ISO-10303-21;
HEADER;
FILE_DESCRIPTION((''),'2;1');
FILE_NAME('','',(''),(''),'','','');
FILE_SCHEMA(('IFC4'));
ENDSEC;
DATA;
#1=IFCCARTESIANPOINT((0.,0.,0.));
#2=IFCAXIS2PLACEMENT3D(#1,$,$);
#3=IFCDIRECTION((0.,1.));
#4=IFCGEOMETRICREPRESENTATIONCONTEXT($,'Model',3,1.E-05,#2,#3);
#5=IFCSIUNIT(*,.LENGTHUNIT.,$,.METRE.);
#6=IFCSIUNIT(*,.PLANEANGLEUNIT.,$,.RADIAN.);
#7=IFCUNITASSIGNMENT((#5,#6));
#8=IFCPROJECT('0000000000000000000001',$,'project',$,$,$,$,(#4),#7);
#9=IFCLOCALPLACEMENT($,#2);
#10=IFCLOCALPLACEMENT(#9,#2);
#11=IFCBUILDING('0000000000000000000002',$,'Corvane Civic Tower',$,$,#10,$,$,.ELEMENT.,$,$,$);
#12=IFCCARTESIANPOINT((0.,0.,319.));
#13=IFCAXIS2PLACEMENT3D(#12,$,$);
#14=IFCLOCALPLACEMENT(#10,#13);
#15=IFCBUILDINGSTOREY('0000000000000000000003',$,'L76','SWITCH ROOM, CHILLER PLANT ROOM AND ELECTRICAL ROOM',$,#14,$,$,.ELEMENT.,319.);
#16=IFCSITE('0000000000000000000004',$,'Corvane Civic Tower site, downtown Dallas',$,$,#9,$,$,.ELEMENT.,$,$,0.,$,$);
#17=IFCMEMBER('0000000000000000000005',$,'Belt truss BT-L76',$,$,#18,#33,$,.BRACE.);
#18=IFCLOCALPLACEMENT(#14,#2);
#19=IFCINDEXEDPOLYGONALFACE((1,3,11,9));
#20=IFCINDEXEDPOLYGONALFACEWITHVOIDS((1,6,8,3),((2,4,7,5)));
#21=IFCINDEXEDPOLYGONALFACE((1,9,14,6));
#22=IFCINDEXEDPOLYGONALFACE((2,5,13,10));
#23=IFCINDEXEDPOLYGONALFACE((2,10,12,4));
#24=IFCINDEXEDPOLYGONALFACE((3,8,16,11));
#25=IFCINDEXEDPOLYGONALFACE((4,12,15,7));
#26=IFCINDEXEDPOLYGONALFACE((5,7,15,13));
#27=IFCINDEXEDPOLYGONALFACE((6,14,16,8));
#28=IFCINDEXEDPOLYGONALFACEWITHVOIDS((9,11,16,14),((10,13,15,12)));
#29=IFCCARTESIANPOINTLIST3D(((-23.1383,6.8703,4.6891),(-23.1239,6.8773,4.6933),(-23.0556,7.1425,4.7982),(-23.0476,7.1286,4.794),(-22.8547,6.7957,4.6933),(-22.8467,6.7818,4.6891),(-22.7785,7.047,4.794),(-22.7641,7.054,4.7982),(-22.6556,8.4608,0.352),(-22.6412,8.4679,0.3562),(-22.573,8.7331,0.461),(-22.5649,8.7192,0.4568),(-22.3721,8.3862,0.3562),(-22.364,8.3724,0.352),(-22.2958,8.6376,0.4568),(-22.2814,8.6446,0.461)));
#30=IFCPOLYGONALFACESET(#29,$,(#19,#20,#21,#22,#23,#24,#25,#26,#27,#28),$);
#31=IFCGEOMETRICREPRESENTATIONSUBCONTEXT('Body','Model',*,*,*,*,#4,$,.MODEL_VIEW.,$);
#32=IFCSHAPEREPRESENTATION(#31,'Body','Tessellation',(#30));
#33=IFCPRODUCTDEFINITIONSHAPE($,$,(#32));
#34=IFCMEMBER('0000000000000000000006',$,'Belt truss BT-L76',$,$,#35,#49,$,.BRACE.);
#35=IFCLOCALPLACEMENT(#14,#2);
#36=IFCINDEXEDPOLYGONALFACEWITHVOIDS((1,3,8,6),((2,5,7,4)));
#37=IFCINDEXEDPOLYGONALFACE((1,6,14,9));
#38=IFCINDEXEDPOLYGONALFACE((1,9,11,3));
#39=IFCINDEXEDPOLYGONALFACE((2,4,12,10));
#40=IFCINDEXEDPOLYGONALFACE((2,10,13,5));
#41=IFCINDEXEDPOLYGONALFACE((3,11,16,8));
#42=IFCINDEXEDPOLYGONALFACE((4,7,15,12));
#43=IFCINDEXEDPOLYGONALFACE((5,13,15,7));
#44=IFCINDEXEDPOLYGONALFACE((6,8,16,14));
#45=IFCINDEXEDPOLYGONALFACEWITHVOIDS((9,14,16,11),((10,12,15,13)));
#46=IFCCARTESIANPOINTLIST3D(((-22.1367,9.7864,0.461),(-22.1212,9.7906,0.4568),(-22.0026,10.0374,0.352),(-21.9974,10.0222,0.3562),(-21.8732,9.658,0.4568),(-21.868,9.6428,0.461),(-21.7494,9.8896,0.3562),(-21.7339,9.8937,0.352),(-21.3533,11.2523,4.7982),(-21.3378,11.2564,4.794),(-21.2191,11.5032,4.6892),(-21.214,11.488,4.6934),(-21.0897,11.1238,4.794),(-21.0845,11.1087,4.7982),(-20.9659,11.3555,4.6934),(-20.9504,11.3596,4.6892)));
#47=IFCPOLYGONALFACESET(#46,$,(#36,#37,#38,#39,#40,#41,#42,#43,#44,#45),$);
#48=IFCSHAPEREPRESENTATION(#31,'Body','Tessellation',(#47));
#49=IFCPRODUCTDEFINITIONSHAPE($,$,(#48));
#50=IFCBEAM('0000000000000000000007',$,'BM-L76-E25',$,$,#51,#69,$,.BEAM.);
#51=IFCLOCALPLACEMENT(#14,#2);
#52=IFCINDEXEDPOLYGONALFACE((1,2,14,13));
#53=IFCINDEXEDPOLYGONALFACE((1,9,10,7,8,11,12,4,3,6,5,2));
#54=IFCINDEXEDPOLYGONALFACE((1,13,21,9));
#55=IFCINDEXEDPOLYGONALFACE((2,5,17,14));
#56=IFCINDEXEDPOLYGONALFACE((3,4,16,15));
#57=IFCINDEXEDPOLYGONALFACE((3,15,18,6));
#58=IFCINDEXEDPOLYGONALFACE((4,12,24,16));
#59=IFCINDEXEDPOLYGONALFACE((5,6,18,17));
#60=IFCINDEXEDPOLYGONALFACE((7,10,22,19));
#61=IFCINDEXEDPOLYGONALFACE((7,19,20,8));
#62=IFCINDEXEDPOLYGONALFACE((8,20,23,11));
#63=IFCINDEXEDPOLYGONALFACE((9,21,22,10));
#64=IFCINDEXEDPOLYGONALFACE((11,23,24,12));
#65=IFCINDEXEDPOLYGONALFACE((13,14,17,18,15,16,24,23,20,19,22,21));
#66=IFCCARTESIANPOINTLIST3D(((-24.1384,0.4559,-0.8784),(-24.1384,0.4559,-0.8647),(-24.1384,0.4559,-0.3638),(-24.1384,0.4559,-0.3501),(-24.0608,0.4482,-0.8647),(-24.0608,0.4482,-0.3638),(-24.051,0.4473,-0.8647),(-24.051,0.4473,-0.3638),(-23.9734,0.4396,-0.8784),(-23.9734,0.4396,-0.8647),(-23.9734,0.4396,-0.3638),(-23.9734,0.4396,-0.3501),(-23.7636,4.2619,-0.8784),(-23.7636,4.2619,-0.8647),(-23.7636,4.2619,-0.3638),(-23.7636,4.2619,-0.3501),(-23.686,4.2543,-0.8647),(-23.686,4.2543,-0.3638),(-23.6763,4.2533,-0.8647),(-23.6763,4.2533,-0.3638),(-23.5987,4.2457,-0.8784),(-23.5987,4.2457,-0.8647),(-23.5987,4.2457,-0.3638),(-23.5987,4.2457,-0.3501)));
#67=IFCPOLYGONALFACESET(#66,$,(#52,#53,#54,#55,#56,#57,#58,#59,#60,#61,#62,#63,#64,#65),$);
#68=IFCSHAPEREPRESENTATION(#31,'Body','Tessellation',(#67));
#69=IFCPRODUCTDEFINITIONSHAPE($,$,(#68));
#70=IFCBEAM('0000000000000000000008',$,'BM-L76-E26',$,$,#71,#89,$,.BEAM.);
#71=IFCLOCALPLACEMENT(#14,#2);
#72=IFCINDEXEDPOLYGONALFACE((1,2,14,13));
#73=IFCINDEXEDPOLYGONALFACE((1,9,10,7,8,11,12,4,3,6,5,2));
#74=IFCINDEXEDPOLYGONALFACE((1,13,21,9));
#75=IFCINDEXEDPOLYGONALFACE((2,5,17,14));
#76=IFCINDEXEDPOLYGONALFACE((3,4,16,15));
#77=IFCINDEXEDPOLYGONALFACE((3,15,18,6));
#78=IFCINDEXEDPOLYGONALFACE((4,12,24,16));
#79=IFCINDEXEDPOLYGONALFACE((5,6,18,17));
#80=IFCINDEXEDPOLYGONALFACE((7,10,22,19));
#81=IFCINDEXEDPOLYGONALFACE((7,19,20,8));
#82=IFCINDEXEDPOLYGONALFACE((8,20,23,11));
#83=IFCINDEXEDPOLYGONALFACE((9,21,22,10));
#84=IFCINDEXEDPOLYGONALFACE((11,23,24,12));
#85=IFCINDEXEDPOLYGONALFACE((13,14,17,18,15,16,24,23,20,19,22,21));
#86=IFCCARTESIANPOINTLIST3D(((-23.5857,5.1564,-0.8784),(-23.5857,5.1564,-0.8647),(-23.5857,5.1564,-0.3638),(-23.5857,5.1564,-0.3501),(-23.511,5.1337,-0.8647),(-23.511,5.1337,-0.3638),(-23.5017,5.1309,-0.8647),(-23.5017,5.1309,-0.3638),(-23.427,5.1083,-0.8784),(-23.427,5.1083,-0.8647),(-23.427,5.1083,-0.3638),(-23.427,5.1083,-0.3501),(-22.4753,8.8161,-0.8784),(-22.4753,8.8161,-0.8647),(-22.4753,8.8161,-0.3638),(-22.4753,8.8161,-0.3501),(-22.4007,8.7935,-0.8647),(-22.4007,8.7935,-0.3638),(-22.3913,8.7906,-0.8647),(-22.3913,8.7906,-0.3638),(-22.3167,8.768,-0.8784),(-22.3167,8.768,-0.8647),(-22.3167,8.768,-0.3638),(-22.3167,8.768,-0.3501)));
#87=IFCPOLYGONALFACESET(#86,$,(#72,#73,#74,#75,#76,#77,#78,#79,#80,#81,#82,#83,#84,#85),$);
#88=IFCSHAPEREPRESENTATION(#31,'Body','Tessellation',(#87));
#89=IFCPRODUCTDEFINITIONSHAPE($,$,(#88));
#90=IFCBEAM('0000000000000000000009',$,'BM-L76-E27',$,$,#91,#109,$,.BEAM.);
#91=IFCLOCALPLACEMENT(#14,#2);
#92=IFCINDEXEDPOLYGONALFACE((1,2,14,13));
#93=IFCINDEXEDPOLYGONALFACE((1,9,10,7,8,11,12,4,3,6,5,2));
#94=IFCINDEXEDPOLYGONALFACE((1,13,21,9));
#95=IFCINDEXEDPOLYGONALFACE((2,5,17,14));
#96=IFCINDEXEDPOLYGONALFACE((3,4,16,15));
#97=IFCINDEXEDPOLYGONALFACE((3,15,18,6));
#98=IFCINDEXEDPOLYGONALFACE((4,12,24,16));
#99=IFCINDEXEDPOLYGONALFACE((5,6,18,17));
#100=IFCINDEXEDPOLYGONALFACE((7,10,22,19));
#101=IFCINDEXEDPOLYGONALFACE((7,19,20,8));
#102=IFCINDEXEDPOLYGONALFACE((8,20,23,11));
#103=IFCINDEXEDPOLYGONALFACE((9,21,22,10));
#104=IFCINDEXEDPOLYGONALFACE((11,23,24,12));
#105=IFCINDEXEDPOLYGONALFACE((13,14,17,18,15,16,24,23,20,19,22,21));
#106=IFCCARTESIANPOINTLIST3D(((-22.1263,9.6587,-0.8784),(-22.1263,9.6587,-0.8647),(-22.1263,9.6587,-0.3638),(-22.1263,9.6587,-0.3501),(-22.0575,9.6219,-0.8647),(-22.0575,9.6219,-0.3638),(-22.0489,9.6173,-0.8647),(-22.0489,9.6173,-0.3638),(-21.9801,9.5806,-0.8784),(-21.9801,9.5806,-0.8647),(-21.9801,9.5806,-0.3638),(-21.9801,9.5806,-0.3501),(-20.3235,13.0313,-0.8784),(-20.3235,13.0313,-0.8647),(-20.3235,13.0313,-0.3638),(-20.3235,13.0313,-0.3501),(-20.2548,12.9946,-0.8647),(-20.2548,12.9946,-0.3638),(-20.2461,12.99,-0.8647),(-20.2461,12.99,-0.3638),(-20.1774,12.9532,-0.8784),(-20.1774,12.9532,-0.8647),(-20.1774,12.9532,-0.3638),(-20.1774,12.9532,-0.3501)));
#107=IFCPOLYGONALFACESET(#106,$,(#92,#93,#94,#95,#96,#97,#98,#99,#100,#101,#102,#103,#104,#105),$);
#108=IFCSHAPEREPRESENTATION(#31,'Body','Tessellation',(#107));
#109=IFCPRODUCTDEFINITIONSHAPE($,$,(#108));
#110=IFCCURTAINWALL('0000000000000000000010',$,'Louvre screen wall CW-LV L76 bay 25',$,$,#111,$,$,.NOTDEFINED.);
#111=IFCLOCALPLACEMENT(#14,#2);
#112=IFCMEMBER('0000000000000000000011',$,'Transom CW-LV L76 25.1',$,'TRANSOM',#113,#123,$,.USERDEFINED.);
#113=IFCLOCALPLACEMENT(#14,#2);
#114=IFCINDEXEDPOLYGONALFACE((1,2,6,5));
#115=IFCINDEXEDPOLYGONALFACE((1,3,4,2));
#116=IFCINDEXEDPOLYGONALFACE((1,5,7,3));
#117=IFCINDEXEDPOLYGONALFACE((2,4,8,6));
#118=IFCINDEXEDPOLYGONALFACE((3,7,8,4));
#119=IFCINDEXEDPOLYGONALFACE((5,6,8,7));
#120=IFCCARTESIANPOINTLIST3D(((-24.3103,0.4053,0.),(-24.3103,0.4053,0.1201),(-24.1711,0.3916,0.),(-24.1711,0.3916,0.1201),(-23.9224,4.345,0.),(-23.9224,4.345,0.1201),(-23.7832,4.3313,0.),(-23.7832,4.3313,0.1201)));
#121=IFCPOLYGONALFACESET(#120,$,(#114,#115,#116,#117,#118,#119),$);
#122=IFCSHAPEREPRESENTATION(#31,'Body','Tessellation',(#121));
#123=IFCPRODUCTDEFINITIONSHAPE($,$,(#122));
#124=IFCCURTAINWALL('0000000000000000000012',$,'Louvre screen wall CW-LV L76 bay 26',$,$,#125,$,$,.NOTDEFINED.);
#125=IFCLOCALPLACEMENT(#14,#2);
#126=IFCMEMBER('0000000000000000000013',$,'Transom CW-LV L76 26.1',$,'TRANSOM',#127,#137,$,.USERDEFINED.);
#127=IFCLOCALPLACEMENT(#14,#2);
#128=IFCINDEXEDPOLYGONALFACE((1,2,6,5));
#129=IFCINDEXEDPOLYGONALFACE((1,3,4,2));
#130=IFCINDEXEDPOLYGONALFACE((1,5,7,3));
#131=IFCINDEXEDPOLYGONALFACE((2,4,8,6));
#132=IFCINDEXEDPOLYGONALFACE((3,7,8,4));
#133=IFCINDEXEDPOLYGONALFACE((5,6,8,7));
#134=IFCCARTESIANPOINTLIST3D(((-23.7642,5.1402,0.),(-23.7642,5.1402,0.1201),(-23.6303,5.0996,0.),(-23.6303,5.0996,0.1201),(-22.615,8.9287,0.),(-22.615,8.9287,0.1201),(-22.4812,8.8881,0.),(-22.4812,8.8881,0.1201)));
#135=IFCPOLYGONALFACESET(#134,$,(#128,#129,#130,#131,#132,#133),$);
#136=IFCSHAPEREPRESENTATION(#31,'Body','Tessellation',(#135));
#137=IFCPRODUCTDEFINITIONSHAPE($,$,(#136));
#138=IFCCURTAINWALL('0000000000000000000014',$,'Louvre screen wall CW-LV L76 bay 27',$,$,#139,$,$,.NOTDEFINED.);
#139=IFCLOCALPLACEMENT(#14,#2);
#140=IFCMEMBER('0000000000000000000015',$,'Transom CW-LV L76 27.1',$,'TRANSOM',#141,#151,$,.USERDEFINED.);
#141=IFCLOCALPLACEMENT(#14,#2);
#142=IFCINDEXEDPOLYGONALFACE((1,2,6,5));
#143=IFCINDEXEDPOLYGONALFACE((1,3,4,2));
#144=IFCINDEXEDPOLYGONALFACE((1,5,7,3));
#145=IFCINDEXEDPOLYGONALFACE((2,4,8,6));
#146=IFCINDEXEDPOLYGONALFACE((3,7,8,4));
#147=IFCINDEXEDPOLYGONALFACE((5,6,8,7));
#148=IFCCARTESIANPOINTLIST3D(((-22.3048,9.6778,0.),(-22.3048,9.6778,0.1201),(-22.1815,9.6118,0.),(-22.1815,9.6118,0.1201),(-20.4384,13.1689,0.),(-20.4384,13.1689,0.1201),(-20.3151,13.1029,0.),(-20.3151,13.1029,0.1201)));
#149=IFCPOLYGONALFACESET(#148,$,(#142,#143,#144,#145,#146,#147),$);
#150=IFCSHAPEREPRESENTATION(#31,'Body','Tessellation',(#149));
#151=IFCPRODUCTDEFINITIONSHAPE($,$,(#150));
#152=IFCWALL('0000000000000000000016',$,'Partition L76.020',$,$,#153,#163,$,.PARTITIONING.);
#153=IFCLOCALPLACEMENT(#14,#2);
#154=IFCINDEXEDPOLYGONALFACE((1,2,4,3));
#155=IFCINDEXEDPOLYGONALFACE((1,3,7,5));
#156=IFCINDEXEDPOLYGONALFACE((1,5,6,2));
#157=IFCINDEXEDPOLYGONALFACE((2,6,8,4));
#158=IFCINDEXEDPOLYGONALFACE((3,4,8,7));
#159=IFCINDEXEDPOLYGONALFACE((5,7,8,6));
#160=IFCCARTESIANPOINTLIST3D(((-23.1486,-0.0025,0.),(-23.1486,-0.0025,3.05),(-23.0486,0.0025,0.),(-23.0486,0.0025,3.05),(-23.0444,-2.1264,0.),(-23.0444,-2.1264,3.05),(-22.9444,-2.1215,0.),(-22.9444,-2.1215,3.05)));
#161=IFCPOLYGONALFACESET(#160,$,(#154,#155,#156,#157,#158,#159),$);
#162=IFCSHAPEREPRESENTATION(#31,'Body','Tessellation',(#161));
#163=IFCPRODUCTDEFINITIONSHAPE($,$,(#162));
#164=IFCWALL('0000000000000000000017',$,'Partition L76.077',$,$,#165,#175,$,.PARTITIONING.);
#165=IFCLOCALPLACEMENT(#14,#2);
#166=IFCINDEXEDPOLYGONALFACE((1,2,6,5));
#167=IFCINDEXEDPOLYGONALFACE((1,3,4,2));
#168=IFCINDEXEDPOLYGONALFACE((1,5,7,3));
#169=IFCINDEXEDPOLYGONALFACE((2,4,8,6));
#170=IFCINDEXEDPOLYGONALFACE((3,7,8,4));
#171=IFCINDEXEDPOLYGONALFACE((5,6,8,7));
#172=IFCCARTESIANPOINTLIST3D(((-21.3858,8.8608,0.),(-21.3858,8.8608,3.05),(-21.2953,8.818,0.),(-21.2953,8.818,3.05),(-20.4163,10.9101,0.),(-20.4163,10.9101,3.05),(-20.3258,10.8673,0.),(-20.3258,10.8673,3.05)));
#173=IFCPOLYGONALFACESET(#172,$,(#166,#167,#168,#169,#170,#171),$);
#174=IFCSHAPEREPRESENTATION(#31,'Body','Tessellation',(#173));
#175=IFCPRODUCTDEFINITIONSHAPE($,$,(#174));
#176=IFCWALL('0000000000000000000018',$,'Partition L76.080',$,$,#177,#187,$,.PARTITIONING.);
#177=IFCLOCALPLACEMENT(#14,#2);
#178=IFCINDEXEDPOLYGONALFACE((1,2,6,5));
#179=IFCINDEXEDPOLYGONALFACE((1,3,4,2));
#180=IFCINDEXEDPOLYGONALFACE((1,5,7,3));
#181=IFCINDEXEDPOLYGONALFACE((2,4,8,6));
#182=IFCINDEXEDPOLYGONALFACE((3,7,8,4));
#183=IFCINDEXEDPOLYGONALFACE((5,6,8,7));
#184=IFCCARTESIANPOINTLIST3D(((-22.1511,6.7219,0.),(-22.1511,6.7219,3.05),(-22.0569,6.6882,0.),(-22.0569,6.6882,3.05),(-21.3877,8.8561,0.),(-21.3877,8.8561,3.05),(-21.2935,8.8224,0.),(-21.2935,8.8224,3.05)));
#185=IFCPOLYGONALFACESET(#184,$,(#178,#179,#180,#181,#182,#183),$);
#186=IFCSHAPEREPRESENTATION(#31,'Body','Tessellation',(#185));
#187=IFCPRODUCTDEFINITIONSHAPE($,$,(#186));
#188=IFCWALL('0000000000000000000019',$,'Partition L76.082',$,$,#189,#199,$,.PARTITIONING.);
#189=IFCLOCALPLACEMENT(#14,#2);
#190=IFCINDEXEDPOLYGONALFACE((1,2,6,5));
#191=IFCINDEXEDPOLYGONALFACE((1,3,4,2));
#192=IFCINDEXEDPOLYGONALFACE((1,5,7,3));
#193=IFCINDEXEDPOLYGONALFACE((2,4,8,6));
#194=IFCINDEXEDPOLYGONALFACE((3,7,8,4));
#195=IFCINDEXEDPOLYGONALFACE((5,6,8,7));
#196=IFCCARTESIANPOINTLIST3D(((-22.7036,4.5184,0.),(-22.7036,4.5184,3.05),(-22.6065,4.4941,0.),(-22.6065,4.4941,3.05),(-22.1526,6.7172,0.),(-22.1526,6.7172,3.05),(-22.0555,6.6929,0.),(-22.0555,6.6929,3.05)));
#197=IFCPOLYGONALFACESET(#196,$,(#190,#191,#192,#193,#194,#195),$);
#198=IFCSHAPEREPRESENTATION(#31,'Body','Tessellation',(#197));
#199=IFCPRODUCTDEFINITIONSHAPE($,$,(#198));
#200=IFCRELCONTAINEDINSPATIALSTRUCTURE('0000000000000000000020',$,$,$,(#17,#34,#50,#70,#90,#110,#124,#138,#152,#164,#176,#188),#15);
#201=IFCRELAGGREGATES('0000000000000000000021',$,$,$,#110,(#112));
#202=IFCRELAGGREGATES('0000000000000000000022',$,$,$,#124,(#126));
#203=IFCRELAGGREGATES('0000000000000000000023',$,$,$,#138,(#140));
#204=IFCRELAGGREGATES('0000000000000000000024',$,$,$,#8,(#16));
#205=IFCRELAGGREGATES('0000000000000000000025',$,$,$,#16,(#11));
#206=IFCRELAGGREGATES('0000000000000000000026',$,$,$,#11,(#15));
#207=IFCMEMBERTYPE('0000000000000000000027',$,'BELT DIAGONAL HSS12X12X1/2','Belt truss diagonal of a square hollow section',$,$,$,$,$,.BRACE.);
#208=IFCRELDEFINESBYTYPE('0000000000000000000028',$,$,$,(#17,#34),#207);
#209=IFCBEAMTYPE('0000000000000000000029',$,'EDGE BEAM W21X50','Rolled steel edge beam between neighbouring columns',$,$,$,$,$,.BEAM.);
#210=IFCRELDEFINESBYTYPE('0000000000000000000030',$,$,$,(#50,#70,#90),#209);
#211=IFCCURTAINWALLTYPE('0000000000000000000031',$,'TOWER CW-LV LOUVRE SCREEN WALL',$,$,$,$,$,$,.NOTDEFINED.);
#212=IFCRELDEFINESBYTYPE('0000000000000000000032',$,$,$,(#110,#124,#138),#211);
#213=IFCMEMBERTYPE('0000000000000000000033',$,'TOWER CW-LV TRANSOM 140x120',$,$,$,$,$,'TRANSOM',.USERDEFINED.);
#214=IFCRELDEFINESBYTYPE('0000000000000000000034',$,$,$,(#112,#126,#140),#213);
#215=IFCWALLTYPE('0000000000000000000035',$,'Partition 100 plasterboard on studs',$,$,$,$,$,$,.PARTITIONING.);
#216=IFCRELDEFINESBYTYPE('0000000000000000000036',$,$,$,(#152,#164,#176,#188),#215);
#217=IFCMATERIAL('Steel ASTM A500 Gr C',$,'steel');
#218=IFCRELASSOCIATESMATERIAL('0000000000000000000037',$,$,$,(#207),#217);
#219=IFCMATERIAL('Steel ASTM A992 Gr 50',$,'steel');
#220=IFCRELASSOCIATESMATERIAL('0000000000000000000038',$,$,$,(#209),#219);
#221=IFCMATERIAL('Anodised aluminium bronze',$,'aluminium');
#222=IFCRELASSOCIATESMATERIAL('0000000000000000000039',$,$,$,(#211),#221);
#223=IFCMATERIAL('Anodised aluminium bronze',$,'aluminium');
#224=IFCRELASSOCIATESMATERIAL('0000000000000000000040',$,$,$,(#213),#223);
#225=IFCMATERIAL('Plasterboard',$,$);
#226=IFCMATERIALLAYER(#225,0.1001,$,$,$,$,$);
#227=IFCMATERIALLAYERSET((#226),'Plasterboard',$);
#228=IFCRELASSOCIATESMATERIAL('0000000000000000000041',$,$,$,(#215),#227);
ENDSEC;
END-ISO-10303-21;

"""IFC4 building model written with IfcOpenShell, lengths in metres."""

from ifc_helpers import new_model, si_unit, direction, frame, frame_2d, origin, origin_2d, place, context, subcontext, project, spatial, rectangle, hollow_rectangle, i_section, extrude, material, layer, layer_set, material_profile, profile_set, type_object, element, aggregate, save


model = new_model("IFC4")

# Units and contexts
model_context = context("Model", 3, precision=1e-05, world=origin(), true_north=direction((0.0, 1.0)))
body_context = subcontext(model_context, "Body", "Model", "MODEL_VIEW")
ifc_project = project(units=[si_unit("LENGTHUNIT", "METRE"), si_unit("PLANEANGLEUNIT", "RADIAN")], contexts=[model_context])

# Site, building, storey
site_placement = place(None, origin())
site = spatial("IfcSite", under=ifc_project, at=site_placement, Name="Corvane Civic Tower site, downtown Dallas", CompositionType="ELEMENT", RefElevation=0.0)
building_placement = place(site_placement, origin())
building = spatial("IfcBuilding", under=site, at=building_placement, Name="Corvane Civic Tower", CompositionType="ELEMENT")
storey_placement = place(building_placement, frame((0.0, 0.0, 319.0)))
storey = spatial("IfcBuildingStorey", under=building, at=storey_placement, Name="L76", Description="SWITCH ROOM, CHILLER PLANT ROOM AND ELECTRICAL ROOM", CompositionType="ELEMENT", Elevation=319.0)

# Members
ifc_material_1 = material(Name="Steel ASTM A500 Gr C", Category="steel")
ifc_material_profile_1 = material_profile(ifc_material_1, hollow_rectangle(XDim=0.3047, YDim=0.3047, WallThickness=0.0117, at=origin_2d()), Name="HSS12X12X1/2")
ifc_profile_set_1 = profile_set([ifc_material_profile_1], Name="Steel ASTM A500 Gr C")
member_type_1 = type_object("IfcMemberType", Name="BELT DIAGONAL HSS12X12X1/2", Description="Belt truss diagonal of a square hollow section", PredefinedType="BRACE", material=ifc_profile_set_1)
for number, where, z_axis, x_axis, name in (
    (1, (-22.4685, 8.5527, 0.4065), (-0.103916, -0.342445, 0.933773), (0.956912, -0.290378, 0.0), "Belt truss BT-L76"),
    (2, (-21.9353, 9.8401, 0.4065), (0.168675, 0.315589, 0.933784), (-0.881934, 0.471373, 0.0), "Belt truss BT-L76"),
):
    element("IfcMember", number, at=place(storey_placement, frame(where, z_axis=z_axis, x_axis=x_axis)), inside=storey, type_object=member_type_1, Name=name, PredefinedType="BRACE", context=body_context, shape_type="SweptSolid", body=[
        extrude(hollow_rectangle(XDim=0.3047, YDim=0.3047, WallThickness=0.0117, at=origin_2d()), origin(), (0.0, 0.0, 1.0), 4.6448),
    ])

# Beams
ifc_material_2 = material(Name="Steel ASTM A992 Gr 50", Category="steel")
ifc_material_profile_2 = material_profile(ifc_material_2, i_section(OverallWidth=0.1658, OverallDepth=0.5283, WebThickness=0.0098, FlangeThickness=0.0137, at=origin_2d()), Name="W21X50")
ifc_profile_set_2 = profile_set([ifc_material_profile_2], Name="Steel ASTM A992 Gr 50")
beam_type = type_object("IfcBeamType", Name="EDGE BEAM W21X50", Description="Rolled steel edge beam between neighbouring columns", PredefinedType="BEAM", material=ifc_profile_set_2)
for number, where, z_axis, x_axis, name in (
    (3, (-24.0559, 0.4478, -0.6143), (0.097987, 0.995188, 0.0), (-0.995188, 0.097987, 0.0), "BM-L76-E25"),
    (4, (-23.5063, 5.1323, -0.6143), (0.290333, 0.956926, 0.0), (-0.956926, 0.290333, 0.0), "BM-L76-E26"),
):
    element("IfcBeam", number, at=place(storey_placement, frame(where, z_axis=z_axis, x_axis=x_axis)), inside=storey, type_object=beam_type, Name=name, PredefinedType="BEAM", context=body_context, shape_type="SweptSolid", body=[
        extrude(i_section(OverallWidth=0.1658, OverallDepth=0.5283, WebThickness=0.0098, FlangeThickness=0.0137, at=origin_2d()), origin(), (0.0, 0.0, 1.0), 3.8245),
    ])
beam_placement = place(storey_placement, frame((-22.0532, 9.6196, -0.6143), z_axis=(0.47141, 0.881914, 0.0), x_axis=(-0.881914, 0.47141, 0.0)))
element("IfcBeam", 5, at=beam_placement, inside=storey, type_object=beam_type, Name="BM-L76-E27", PredefinedType="BEAM", context=body_context, shape_type="SweptSolid", body=[
    extrude(i_section(OverallWidth=0.1658, OverallDepth=0.5283, WebThickness=0.0098, FlangeThickness=0.0137, at=origin_2d()), origin(), (0.0, 0.0, 1.0), 3.8242),
])

# Curtain walls, members
ifc_material_3 = material(Name="Anodised aluminium bronze", Category="aluminium")
curtain_wall_type = type_object("IfcCurtainWallType", Name="TOWER CW-LV LOUVRE SCREEN WALL", PredefinedType="NOTDEFINED", material=ifc_material_3)
curtain_wall_1_placement = place(storey_placement, origin())
curtain_wall_1 = element("IfcCurtainWall", 6, at=curtain_wall_1_placement, inside=storey, type_object=curtain_wall_type, Name="Louvre screen wall CW-LV L76 bay 25", PredefinedType="NOTDEFINED")
ifc_material_4 = material(Name="Anodised aluminium bronze", Category="aluminium")
ifc_material_profile_3 = material_profile(ifc_material_4, rectangle(XDim=0.1399, YDim=0.1201, at=origin_2d()), Name="TOWER CW-LV TRANSOM 140x120")
ifc_profile_set_3 = profile_set([ifc_material_profile_3], Name="Anodised aluminium bronze")
member_type_2 = type_object("IfcMemberType", Name="TOWER CW-LV TRANSOM 140x120", ElementType="TRANSOM", PredefinedType="USERDEFINED", material=ifc_profile_set_3)
member_1_placement = place(storey_placement, frame((-24.2407, 0.3984, 0.0601), z_axis=(0.097995, 0.995187, 0.0), x_axis=(-0.995187, 0.097995, 0.0)))
member_1 = element("IfcMember", 7, at=member_1_placement, type_object=member_type_2, Name="Transom CW-LV L76 25.1", ObjectType="TRANSOM", PredefinedType="USERDEFINED", context=body_context, shape_type="SweptSolid", body=[
    extrude(rectangle(XDim=0.1399, YDim=0.1201, at=origin_2d()), origin(), (0.0, 0.0, 1.0), 3.9587),
])
curtain_wall_2_placement = place(storey_placement, origin())
curtain_wall_2 = element("IfcCurtainWall", 8, at=curtain_wall_2_placement, inside=storey, type_object=curtain_wall_type, Name="Louvre screen wall CW-LV L76 bay 26", PredefinedType="NOTDEFINED")
member_2_placement = place(storey_placement, frame((-23.6973, 5.1199, 0.0601), z_axis=(0.290266, 0.956946, 0.0), x_axis=(-0.956946, 0.290266, 0.0)))
member_2 = element("IfcMember", 9, at=member_2_placement, type_object=member_type_2, Name="Transom CW-LV L76 26.1", ObjectType="TRANSOM", PredefinedType="USERDEFINED", context=body_context, shape_type="SweptSolid", body=[
    extrude(rectangle(XDim=0.1399, YDim=0.1201, at=origin_2d()), origin(), (0.0, 0.0, 1.0), 3.959),
])
curtain_wall_3_placement = place(storey_placement, origin())
curtain_wall_3 = element("IfcCurtainWall", 10, at=curtain_wall_3_placement, inside=storey, type_object=curtain_wall_type, Name="Louvre screen wall CW-LV L76 bay 27", PredefinedType="NOTDEFINED")
member_3_placement = place(storey_placement, frame((-22.2432, 9.6448, 0.0601), z_axis=(0.471468, 0.881883, 0.0), x_axis=(-0.881883, 0.471468, 0.0)))
member_3 = element("IfcMember", 11, at=member_3_placement, type_object=member_type_2, Name="Transom CW-LV L76 27.1", ObjectType="TRANSOM", PredefinedType="USERDEFINED", context=body_context, shape_type="SweptSolid", body=[
    extrude(rectangle(XDim=0.1399, YDim=0.1201, at=origin_2d()), origin(), (0.0, 0.0, 1.0), 3.9587),
])

# Walls
ifc_material_5 = material(Name="Plasterboard")
ifc_layer = layer(ifc_material_5, 0.1001)
ifc_layer_set = layer_set([ifc_layer], Name="Plasterboard")
wall_type = type_object("IfcWallType", Name="Partition 100 plasterboard on studs", PredefinedType="PARTITIONING", material=ifc_layer_set)
wall_1_placement = place(storey_placement, frame((-23.0986, 0.0, 0.0), z_axis=(0.0, 0.0, 1.0), x_axis=(0.049021, -0.998798, 0.0)))
element("IfcWall", 12, at=wall_1_placement, inside=storey, type_object=wall_type, Name="Partition L76.020", PredefinedType="PARTITIONING", context=body_context, shape_type="SweptSolid", body=[
    extrude(rectangle(XDim=2.1265, YDim=0.1001, at=frame_2d((1.0632, 0.0))), origin(), (0.0, 0.0, 1.0), 3.05),
])
wall_2_placement = place(storey_placement, frame((-21.3406, 8.8394, 0.0), z_axis=(0.0, 0.0, 1.0), x_axis=(0.427637, 0.90395, 0.0)))
element("IfcWall", 13, at=wall_2_placement, inside=storey, type_object=wall_type, Name="Partition L76.077", PredefinedType="PARTITIONING", context=body_context, shape_type="SweptSolid", body=[
    extrude(rectangle(XDim=2.2671, YDim=0.1001, at=frame_2d((1.1335, 0.0))), origin(), (0.0, 0.0, 1.0), 3.05),
])
wall_3_placement = place(storey_placement, frame((-22.104, 6.7051, 0.0), z_axis=(0.0, 0.0, 1.0), x_axis=(0.3368, 0.941576, 0.0)))
element("IfcWall", 14, at=wall_3_placement, inside=storey, type_object=wall_type, Name="Partition L76.080", PredefinedType="PARTITIONING", context=body_context, shape_type="SweptSolid", body=[
    extrude(rectangle(XDim=2.2666, YDim=0.1001, at=frame_2d((1.1333, 0.0))), origin(), (0.0, 0.0, 1.0), 3.05),
])
wall_4_placement = place(storey_placement, frame((-22.655, 4.5063, 0.0), z_axis=(0.0, 0.0, 1.0), x_axis=(0.243093, 0.970003, 0.0)))
element("IfcWall", 15, at=wall_4_placement, inside=storey, type_object=wall_type, Name="Partition L76.082", PredefinedType="PARTITIONING", context=body_context, shape_type="SweptSolid", body=[
    extrude(rectangle(XDim=2.2668, YDim=0.1001, at=frame_2d((1.1333, 0.0))), origin(), (0.0, 0.0, 1.0), 3.05),
])

aggregate(curtain_wall_1, [member_1])
aggregate(curtain_wall_2, [member_2])
aggregate(curtain_wall_3, [member_3])

save(model, "model.ifc")
